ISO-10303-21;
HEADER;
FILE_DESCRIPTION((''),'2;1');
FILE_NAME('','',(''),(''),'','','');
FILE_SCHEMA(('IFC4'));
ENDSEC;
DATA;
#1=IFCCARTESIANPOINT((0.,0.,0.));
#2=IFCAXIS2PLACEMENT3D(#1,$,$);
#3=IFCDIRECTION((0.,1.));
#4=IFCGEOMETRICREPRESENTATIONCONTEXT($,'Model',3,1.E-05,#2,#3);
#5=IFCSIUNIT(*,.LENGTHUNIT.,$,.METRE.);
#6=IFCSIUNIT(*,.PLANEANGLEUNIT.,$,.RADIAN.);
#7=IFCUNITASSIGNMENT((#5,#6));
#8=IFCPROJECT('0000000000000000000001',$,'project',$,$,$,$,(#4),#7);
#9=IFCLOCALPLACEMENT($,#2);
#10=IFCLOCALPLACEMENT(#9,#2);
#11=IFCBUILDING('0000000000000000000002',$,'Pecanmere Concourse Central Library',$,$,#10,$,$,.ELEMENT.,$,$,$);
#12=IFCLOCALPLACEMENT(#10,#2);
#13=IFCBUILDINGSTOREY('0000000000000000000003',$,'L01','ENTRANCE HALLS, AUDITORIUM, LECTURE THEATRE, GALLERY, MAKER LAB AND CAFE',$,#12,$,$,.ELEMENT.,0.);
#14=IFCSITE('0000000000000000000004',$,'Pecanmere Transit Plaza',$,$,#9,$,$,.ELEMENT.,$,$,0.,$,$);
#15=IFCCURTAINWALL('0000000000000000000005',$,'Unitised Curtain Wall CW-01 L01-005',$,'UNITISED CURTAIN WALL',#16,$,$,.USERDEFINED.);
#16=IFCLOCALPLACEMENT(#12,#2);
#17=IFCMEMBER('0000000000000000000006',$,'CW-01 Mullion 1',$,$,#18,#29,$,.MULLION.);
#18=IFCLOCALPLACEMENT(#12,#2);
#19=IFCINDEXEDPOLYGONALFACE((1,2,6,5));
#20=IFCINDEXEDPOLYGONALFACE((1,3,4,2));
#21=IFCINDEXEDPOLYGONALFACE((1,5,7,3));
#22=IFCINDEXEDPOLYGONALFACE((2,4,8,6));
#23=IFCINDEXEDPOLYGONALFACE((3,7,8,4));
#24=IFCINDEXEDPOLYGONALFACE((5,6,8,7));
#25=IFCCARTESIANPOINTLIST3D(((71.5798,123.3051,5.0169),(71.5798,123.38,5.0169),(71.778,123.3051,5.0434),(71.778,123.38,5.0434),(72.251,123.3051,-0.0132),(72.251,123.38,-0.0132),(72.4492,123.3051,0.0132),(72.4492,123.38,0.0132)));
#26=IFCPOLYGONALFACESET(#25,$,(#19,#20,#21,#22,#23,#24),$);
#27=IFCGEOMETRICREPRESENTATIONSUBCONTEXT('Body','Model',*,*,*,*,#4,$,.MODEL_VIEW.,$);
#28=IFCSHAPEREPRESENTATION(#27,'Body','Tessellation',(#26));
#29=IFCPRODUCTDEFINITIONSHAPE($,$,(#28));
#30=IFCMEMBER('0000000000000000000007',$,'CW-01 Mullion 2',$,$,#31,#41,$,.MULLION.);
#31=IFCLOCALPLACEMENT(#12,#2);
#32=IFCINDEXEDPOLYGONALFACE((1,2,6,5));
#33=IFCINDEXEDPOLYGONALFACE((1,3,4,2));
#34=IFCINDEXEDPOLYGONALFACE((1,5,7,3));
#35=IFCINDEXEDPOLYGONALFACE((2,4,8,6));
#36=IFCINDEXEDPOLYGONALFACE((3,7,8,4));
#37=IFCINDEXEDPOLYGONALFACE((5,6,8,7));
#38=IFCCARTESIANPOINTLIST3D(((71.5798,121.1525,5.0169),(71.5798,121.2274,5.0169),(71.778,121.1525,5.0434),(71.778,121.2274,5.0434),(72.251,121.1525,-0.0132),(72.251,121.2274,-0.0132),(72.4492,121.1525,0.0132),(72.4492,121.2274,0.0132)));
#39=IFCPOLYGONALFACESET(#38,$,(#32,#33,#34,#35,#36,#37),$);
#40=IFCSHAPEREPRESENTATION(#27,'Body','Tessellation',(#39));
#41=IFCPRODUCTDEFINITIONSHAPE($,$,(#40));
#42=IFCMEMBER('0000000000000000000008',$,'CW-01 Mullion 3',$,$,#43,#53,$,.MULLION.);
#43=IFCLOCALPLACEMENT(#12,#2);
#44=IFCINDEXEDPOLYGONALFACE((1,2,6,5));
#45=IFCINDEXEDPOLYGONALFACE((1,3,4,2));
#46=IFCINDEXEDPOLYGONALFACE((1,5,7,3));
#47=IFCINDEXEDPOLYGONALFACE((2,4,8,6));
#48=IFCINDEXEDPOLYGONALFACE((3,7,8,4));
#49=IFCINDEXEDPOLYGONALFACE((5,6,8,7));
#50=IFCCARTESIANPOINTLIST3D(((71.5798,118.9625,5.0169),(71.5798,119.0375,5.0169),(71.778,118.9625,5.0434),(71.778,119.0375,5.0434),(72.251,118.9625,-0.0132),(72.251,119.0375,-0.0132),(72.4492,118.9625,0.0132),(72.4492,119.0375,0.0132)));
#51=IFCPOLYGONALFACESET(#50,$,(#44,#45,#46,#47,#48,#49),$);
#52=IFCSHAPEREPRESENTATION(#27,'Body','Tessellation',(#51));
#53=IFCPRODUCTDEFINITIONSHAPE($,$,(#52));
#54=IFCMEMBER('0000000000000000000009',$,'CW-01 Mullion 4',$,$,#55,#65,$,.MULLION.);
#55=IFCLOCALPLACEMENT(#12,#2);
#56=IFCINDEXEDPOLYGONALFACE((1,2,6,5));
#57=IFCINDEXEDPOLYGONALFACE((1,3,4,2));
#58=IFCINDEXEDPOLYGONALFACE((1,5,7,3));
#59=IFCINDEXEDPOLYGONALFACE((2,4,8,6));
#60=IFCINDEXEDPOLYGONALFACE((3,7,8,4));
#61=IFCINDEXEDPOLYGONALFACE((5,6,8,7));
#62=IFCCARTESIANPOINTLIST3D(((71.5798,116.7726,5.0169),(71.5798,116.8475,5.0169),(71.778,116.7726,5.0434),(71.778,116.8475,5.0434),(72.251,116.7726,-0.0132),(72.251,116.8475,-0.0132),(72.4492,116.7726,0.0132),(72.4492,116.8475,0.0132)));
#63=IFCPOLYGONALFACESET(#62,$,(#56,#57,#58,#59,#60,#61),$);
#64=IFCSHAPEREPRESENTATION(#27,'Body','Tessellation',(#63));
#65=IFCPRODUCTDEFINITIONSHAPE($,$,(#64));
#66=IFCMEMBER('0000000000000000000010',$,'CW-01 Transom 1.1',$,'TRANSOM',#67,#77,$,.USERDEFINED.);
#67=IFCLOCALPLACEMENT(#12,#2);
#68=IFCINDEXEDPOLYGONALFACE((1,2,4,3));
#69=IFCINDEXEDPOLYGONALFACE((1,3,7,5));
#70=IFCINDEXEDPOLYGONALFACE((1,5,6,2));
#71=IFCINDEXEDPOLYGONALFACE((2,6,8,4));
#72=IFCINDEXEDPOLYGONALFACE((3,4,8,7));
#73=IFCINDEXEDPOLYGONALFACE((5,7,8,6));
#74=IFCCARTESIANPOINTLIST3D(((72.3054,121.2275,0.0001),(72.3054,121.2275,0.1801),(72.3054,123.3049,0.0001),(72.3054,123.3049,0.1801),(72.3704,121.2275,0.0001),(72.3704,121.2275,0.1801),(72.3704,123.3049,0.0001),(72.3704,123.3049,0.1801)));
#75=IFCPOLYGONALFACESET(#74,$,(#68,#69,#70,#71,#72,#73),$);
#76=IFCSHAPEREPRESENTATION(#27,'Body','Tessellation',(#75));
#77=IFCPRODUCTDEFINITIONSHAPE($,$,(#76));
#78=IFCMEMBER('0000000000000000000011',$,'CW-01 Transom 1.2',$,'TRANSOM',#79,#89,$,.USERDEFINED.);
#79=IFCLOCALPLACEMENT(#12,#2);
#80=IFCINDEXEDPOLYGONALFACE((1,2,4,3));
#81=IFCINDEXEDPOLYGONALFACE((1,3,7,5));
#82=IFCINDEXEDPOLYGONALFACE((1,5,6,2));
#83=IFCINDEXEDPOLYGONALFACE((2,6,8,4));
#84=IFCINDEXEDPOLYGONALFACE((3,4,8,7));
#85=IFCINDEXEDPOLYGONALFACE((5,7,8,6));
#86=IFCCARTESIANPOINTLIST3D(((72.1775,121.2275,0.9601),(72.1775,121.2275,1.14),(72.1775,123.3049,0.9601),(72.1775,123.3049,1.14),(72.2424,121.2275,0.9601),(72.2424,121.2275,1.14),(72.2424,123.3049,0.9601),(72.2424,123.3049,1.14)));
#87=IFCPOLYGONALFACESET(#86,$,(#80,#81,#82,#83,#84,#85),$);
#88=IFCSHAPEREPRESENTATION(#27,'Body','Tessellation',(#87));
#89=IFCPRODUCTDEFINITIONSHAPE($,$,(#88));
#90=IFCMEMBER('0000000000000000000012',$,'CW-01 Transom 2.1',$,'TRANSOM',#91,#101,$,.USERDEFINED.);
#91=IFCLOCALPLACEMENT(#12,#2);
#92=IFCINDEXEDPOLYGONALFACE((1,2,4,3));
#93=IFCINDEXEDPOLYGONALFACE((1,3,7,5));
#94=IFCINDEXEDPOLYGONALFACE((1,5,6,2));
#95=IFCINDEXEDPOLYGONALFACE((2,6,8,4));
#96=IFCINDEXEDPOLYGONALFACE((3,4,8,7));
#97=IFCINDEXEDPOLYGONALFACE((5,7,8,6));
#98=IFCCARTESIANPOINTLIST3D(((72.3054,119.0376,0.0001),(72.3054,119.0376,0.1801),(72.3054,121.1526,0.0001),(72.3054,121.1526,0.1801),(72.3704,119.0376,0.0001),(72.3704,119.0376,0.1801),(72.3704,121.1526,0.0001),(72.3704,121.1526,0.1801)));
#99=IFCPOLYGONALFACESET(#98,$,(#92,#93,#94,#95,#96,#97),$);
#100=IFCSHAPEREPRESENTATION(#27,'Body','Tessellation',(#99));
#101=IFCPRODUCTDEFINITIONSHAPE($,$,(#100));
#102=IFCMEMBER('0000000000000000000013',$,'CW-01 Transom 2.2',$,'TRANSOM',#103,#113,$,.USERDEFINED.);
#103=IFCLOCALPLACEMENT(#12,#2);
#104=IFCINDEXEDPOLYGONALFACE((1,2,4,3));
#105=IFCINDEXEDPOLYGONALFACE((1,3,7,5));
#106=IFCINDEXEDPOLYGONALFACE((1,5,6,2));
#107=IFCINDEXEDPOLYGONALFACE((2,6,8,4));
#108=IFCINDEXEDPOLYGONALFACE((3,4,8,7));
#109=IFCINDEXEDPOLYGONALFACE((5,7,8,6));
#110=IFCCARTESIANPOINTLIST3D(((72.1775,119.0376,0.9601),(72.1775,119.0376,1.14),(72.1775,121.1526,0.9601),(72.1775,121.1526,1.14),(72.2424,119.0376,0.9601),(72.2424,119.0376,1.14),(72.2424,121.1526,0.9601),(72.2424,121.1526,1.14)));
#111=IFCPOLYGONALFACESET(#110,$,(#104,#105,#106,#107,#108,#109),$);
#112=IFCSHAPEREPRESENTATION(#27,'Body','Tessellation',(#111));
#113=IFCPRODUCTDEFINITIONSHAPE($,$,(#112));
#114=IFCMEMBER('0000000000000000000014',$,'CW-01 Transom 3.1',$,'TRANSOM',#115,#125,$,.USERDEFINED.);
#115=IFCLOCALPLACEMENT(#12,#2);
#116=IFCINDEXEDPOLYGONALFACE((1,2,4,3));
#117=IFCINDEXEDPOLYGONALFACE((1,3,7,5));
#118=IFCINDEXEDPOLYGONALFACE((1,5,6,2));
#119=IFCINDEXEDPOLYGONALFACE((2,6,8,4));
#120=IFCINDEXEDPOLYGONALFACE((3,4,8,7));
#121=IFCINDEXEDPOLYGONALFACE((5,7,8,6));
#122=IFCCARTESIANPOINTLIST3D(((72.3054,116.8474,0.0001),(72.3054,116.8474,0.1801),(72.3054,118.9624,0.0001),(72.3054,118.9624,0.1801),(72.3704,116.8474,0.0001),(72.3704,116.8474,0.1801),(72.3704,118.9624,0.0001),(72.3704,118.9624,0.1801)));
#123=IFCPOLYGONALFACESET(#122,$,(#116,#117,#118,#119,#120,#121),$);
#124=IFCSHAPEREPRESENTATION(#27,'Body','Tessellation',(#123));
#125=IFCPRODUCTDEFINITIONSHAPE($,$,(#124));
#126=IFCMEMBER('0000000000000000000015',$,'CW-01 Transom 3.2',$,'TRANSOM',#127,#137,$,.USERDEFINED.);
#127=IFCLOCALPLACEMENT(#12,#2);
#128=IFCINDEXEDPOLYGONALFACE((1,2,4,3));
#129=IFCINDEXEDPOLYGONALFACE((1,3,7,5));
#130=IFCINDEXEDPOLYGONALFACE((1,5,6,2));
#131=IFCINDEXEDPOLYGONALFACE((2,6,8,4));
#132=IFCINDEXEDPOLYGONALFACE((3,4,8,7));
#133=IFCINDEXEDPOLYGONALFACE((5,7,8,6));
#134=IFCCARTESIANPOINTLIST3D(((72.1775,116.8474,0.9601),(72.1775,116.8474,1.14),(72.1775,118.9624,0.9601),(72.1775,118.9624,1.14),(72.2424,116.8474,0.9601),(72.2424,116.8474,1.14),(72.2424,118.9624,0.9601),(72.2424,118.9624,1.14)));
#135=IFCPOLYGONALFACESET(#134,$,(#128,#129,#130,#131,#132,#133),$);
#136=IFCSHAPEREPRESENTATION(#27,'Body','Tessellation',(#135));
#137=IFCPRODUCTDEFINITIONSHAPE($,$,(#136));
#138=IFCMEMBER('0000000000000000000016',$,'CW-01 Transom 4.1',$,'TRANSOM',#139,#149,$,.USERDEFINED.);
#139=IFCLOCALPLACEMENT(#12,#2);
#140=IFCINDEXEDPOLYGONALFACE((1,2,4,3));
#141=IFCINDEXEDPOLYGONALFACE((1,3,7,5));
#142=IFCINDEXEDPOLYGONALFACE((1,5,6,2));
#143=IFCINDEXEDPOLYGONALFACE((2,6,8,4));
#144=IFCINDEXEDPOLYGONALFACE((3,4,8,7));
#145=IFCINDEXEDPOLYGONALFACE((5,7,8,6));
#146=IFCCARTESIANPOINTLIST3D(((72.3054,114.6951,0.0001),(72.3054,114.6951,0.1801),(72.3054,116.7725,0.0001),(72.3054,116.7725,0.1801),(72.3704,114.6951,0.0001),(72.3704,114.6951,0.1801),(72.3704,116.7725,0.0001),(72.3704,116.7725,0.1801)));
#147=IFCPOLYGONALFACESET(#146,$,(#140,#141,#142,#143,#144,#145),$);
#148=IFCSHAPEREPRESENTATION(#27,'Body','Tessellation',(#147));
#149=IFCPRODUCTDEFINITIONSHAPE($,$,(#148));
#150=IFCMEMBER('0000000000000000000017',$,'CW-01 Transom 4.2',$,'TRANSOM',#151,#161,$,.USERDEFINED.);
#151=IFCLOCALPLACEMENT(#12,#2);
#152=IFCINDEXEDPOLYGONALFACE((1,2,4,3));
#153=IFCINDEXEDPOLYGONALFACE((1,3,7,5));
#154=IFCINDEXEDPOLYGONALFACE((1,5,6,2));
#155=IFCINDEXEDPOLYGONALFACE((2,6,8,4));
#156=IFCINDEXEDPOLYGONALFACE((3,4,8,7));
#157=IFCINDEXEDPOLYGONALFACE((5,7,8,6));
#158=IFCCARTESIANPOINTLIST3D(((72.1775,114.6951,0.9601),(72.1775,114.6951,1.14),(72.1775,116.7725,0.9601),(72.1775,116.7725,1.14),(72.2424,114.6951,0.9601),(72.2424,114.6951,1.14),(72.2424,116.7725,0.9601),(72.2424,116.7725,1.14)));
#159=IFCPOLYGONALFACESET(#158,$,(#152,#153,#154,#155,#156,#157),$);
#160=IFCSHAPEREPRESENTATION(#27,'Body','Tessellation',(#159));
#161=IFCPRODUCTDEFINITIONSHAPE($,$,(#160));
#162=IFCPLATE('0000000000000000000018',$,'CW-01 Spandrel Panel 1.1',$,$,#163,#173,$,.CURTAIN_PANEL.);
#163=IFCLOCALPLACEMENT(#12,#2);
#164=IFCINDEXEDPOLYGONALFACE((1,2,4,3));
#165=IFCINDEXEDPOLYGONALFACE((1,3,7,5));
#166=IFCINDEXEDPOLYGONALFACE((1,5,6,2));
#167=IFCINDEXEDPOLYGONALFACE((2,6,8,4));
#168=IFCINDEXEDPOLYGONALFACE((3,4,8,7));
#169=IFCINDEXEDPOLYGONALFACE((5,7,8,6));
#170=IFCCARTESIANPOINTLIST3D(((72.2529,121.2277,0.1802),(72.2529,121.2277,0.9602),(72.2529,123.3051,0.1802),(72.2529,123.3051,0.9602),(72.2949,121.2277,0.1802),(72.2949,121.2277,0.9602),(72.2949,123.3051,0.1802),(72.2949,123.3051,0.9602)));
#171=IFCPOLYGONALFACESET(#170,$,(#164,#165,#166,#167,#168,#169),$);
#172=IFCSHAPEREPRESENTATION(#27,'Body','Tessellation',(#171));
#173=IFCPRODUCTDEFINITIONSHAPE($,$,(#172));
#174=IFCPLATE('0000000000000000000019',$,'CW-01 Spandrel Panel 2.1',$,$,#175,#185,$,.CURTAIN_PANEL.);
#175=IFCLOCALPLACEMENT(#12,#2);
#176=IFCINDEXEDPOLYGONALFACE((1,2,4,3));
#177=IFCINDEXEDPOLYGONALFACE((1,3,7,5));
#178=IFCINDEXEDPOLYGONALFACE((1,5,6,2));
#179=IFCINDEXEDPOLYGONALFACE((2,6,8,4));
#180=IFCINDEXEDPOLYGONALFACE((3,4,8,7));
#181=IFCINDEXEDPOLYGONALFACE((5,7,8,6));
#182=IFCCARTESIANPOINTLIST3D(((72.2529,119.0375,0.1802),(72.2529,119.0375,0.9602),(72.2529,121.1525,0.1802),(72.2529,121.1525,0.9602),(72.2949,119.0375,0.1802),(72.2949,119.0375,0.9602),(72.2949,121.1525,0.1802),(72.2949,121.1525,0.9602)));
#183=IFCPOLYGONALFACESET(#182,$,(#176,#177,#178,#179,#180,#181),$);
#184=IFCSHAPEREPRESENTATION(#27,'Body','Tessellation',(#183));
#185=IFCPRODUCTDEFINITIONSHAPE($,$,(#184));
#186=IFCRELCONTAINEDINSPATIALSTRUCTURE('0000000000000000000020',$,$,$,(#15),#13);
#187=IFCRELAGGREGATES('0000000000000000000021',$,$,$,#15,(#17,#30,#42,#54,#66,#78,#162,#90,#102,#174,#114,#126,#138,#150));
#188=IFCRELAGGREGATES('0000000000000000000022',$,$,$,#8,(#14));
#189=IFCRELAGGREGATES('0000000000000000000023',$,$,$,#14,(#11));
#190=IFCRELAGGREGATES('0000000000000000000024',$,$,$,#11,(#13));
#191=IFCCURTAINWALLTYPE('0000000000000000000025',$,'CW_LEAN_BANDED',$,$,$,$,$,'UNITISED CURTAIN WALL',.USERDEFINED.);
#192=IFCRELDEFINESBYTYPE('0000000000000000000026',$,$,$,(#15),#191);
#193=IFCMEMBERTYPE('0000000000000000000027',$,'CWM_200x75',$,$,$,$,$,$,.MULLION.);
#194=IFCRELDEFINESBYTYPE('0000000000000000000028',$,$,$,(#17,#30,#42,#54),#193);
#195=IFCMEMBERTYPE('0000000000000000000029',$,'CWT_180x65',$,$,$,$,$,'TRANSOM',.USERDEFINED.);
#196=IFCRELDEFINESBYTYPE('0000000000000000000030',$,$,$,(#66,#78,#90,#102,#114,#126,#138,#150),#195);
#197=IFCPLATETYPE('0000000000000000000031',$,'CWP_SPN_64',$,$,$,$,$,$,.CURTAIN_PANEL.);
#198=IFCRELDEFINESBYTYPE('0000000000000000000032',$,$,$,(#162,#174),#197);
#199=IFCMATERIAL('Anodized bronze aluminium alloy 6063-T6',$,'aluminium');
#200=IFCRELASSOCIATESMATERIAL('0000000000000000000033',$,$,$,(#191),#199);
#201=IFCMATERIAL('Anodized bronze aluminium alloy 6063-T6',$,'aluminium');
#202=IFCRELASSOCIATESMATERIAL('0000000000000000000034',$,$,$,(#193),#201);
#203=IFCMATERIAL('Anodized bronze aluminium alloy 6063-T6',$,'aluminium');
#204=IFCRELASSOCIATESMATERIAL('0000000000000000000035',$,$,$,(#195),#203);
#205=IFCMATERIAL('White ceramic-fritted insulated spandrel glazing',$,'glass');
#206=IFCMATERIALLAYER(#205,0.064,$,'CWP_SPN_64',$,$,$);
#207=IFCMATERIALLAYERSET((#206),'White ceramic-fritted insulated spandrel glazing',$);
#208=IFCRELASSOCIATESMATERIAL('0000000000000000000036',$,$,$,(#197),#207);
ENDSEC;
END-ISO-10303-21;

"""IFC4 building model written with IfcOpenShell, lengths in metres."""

from ifc_helpers import new_model, si_unit, direction, frame, origin, origin_2d, place, context, subcontext, project, spatial, rectangle, extrude, material, layer, layer_set, material_profile, profile_set, type_object, element, aggregate, save


model = new_model("IFC4")

# Units and contexts
model_context = context("Model", 3, precision=1e-05, world=origin(), true_north=direction((0.0, 1.0)))
body_context = subcontext(model_context, "Body", "Model", "MODEL_VIEW")
ifc_project = project(units=[si_unit("LENGTHUNIT", "METRE"), si_unit("PLANEANGLEUNIT", "RADIAN")], contexts=[model_context])

# Site, building, storey
site_placement = place(None, origin())
site = spatial("IfcSite", under=ifc_project, at=site_placement, Name="Pecanmere Transit Plaza", CompositionType="ELEMENT", RefElevation=0.0)
building_placement = place(site_placement, origin())
building = spatial("IfcBuilding", under=site, at=building_placement, Name="Pecanmere Concourse Central Library", CompositionType="ELEMENT")
storey_placement = place(building_placement, origin())
storey = spatial("IfcBuildingStorey", under=building, at=storey_placement, Name="L01", Description="ENTRANCE HALLS, AUDITORIUM, LECTURE THEATRE, GALLERY, MAKER LAB AND CAFE", CompositionType="ELEMENT", Elevation=0.0)

# Curtain wall, members, plates
ifc_material_1 = material(Name="Anodized bronze aluminium alloy 6063-T6", Category="aluminium")
curtain_wall_type = type_object("IfcCurtainWallType", Name="CW_LEAN_BANDED", ElementType="UNITISED CURTAIN WALL", PredefinedType="USERDEFINED", material=ifc_material_1)
curtain_wall_placement = place(storey_placement, origin())
curtain_wall = element("IfcCurtainWall", 1, at=curtain_wall_placement, inside=storey, type_object=curtain_wall_type, Name="Unitised Curtain Wall CW-01 L01-005", ObjectType="UNITISED CURTAIN WALL", PredefinedType="USERDEFINED")
ifc_material_2 = material(Name="Anodized bronze aluminium alloy 6063-T6", Category="aluminium")
ifc_material_profile_1 = material_profile(ifc_material_2, rectangle(XDim=0.075, YDim=0.2, at=origin_2d()), Name="AL 75x200")
ifc_profile_set_1 = profile_set([ifc_material_profile_1], Name="Anodized bronze aluminium alloy 6063-T6")
member_type_1 = type_object("IfcMemberType", Name="CWM_200x75", PredefinedType="MULLION", material=ifc_profile_set_1)
member_1_placement = place(storey_placement, frame((72.3501, 123.3425, 0.0), z_axis=(-0.132255, 0.0, 0.991216), x_axis=(0.0, -1.0, 0.0)))
member_1 = element("IfcMember", 2, at=member_1_placement, type_object=member_type_1, Name="CW-01 Mullion 1", PredefinedType="MULLION", context=body_context, shape_type="SweptSolid", body=[
    extrude(rectangle(XDim=0.075, YDim=0.2, at=origin_2d()), origin(), (0.0, 0.0, 1.0), 5.0747),
])
member_2_placement = place(storey_placement, frame((72.3501, 121.1899, 0.0), z_axis=(-0.132255, 0.0, 0.991216), x_axis=(0.0, -1.0, 0.0)))
member_2 = element("IfcMember", 3, at=member_2_placement, type_object=member_type_1, Name="CW-01 Mullion 2", PredefinedType="MULLION", context=body_context, shape_type="SweptSolid", body=[
    extrude(rectangle(XDim=0.075, YDim=0.2, at=origin_2d()), origin(), (0.0, 0.0, 1.0), 5.0747),
])
member_3_placement = place(storey_placement, frame((72.3501, 119.0, 0.0), z_axis=(-0.132255, 0.0, 0.991216), x_axis=(0.0, -1.0, 0.0)))
member_3 = element("IfcMember", 4, at=member_3_placement, type_object=member_type_1, Name="CW-01 Mullion 3", PredefinedType="MULLION", context=body_context, shape_type="SweptSolid", body=[
    extrude(rectangle(XDim=0.075, YDim=0.2, at=origin_2d()), origin(), (0.0, 0.0, 1.0), 5.0747),
])
member_4_placement = place(storey_placement, frame((72.3501, 116.8101, 0.0), z_axis=(-0.132255, 0.0, 0.991216), x_axis=(0.0, -1.0, 0.0)))
member_4 = element("IfcMember", 5, at=member_4_placement, type_object=member_type_1, Name="CW-01 Mullion 4", PredefinedType="MULLION", context=body_context, shape_type="SweptSolid", body=[
    extrude(rectangle(XDim=0.075, YDim=0.2, at=origin_2d()), origin(), (0.0, 0.0, 1.0), 5.0747),
])
ifc_material_3 = material(Name="Anodized bronze aluminium alloy 6063-T6", Category="aluminium")
ifc_material_profile_2 = material_profile(ifc_material_3, rectangle(XDim=0.0649, YDim=0.1799, at=origin_2d()), Name="AL 65x180")
ifc_profile_set_2 = profile_set([ifc_material_profile_2], Name="Anodized bronze aluminium alloy 6063-T6")
member_type_2 = type_object("IfcMemberType", Name="CWT_180x65", ElementType="TRANSOM", PredefinedType="USERDEFINED", material=ifc_profile_set_2)
member_5_placement = place(storey_placement, frame((72.3379, 123.3049, 0.0901), z_axis=(0.0, -1.0, 0.0), x_axis=(1.0, 0.0, 0.0)))
member_5 = element("IfcMember", 6, at=member_5_placement, type_object=member_type_2, Name="CW-01 Transom 1.1", ObjectType="TRANSOM", PredefinedType="USERDEFINED", context=body_context, shape_type="SweptSolid", body=[
    extrude(rectangle(XDim=0.0649, YDim=0.1799, at=origin_2d()), origin(), (0.0, 0.0, 1.0), 2.0774),
])
member_6_placement = place(storey_placement, frame((72.21, 123.3049, 1.05), z_axis=(0.0, -1.0, 0.0), x_axis=(1.0, 0.0, 0.0)))
member_6 = element("IfcMember", 7, at=member_6_placement, type_object=member_type_2, Name="CW-01 Transom 1.2", ObjectType="TRANSOM", PredefinedType="USERDEFINED", context=body_context, shape_type="SweptSolid", body=[
    extrude(rectangle(XDim=0.0649, YDim=0.1799, at=origin_2d()), origin(), (0.0, 0.0, 1.0), 2.0774),
])
member_7_placement = place(storey_placement, frame((72.3379, 121.1526, 0.0901), z_axis=(0.0, -1.0, 0.0), x_axis=(1.0, 0.0, 0.0)))
member_7 = element("IfcMember", 8, at=member_7_placement, type_object=member_type_2, Name="CW-01 Transom 2.1", ObjectType="TRANSOM", PredefinedType="USERDEFINED", context=body_context, shape_type="SweptSolid", body=[
    extrude(rectangle(XDim=0.0649, YDim=0.1799, at=origin_2d()), origin(), (0.0, 0.0, 1.0), 2.115),
])
member_8_placement = place(storey_placement, frame((72.21, 121.1526, 1.05), z_axis=(0.0, -1.0, 0.0), x_axis=(1.0, 0.0, 0.0)))
member_8 = element("IfcMember", 9, at=member_8_placement, type_object=member_type_2, Name="CW-01 Transom 2.2", ObjectType="TRANSOM", PredefinedType="USERDEFINED", context=body_context, shape_type="SweptSolid", body=[
    extrude(rectangle(XDim=0.0649, YDim=0.1799, at=origin_2d()), origin(), (0.0, 0.0, 1.0), 2.115),
])
member_9_placement = place(storey_placement, frame((72.3379, 118.9624, 0.0901), z_axis=(0.0, -1.0, 0.0), x_axis=(1.0, 0.0, 0.0)))
member_9 = element("IfcMember", 10, at=member_9_placement, type_object=member_type_2, Name="CW-01 Transom 3.1", ObjectType="TRANSOM", PredefinedType="USERDEFINED", context=body_context, shape_type="SweptSolid", body=[
    extrude(rectangle(XDim=0.0649, YDim=0.1799, at=origin_2d()), origin(), (0.0, 0.0, 1.0), 2.115),
])
member_10_placement = place(storey_placement, frame((72.21, 118.9624, 1.05), z_axis=(0.0, -1.0, 0.0), x_axis=(1.0, 0.0, 0.0)))
member_10 = element("IfcMember", 11, at=member_10_placement, type_object=member_type_2, Name="CW-01 Transom 3.2", ObjectType="TRANSOM", PredefinedType="USERDEFINED", context=body_context, shape_type="SweptSolid", body=[
    extrude(rectangle(XDim=0.0649, YDim=0.1799, at=origin_2d()), origin(), (0.0, 0.0, 1.0), 2.115),
])
member_11_placement = place(storey_placement, frame((72.3379, 116.7725, 0.0901), z_axis=(0.0, -1.0, 0.0), x_axis=(1.0, 0.0, 0.0)))
member_11 = element("IfcMember", 12, at=member_11_placement, type_object=member_type_2, Name="CW-01 Transom 4.1", ObjectType="TRANSOM", PredefinedType="USERDEFINED", context=body_context, shape_type="SweptSolid", body=[
    extrude(rectangle(XDim=0.0649, YDim=0.1799, at=origin_2d()), origin(), (0.0, 0.0, 1.0), 2.0774),
])
member_12_placement = place(storey_placement, frame((72.21, 116.7725, 1.05), z_axis=(0.0, -1.0, 0.0), x_axis=(1.0, 0.0, 0.0)))
member_12 = element("IfcMember", 13, at=member_12_placement, type_object=member_type_2, Name="CW-01 Transom 4.2", ObjectType="TRANSOM", PredefinedType="USERDEFINED", context=body_context, shape_type="SweptSolid", body=[
    extrude(rectangle(XDim=0.0649, YDim=0.1799, at=origin_2d()), origin(), (0.0, 0.0, 1.0), 2.0774),
])
ifc_material_4 = material(Name="White ceramic-fritted insulated spandrel glazing", Category="glass")
ifc_layer_1 = layer(ifc_material_4, 0.064, Name="CWP_SPN_64")
ifc_layer_set_1 = layer_set([ifc_layer_1], Name="White ceramic-fritted insulated spandrel glazing")
plate_type = type_object("IfcPlateType", Name="CWP_SPN_64", PredefinedType="CURTAIN_PANEL", material=ifc_layer_set_1)
plate_1_placement = place(storey_placement, frame((72.2739, 122.2664, 0.1802), z_axis=(0.0, 0.0, 1.0), x_axis=(0.0, -1.0, 0.0)))
plate_1 = element("IfcPlate", 14, at=plate_1_placement, type_object=plate_type, Name="CW-01 Spandrel Panel 1.1", PredefinedType="CURTAIN_PANEL", context=body_context, shape_type="SweptSolid", body=[
    extrude(rectangle(XDim=2.0774, YDim=0.042, at=origin_2d()), origin(), (0.0, 0.0, 1.0), 0.78),
])
plate_2_placement = place(storey_placement, frame((72.2739, 120.095, 0.1802), z_axis=(0.0, 0.0, 1.0), x_axis=(0.0, -1.0, 0.0)))
plate_2 = element("IfcPlate", 15, at=plate_2_placement, type_object=plate_type, Name="CW-01 Spandrel Panel 2.1", PredefinedType="CURTAIN_PANEL", context=body_context, shape_type="SweptSolid", body=[
    extrude(rectangle(XDim=2.115, YDim=0.042, at=origin_2d()), origin(), (0.0, 0.0, 1.0), 0.78),
])
aggregate(curtain_wall, [member_1, member_2, member_3, member_4, member_5, member_6, plate_1, member_7, member_8, plate_2, member_9, member_10, member_11, member_12])

save(model, "model.ifc")
